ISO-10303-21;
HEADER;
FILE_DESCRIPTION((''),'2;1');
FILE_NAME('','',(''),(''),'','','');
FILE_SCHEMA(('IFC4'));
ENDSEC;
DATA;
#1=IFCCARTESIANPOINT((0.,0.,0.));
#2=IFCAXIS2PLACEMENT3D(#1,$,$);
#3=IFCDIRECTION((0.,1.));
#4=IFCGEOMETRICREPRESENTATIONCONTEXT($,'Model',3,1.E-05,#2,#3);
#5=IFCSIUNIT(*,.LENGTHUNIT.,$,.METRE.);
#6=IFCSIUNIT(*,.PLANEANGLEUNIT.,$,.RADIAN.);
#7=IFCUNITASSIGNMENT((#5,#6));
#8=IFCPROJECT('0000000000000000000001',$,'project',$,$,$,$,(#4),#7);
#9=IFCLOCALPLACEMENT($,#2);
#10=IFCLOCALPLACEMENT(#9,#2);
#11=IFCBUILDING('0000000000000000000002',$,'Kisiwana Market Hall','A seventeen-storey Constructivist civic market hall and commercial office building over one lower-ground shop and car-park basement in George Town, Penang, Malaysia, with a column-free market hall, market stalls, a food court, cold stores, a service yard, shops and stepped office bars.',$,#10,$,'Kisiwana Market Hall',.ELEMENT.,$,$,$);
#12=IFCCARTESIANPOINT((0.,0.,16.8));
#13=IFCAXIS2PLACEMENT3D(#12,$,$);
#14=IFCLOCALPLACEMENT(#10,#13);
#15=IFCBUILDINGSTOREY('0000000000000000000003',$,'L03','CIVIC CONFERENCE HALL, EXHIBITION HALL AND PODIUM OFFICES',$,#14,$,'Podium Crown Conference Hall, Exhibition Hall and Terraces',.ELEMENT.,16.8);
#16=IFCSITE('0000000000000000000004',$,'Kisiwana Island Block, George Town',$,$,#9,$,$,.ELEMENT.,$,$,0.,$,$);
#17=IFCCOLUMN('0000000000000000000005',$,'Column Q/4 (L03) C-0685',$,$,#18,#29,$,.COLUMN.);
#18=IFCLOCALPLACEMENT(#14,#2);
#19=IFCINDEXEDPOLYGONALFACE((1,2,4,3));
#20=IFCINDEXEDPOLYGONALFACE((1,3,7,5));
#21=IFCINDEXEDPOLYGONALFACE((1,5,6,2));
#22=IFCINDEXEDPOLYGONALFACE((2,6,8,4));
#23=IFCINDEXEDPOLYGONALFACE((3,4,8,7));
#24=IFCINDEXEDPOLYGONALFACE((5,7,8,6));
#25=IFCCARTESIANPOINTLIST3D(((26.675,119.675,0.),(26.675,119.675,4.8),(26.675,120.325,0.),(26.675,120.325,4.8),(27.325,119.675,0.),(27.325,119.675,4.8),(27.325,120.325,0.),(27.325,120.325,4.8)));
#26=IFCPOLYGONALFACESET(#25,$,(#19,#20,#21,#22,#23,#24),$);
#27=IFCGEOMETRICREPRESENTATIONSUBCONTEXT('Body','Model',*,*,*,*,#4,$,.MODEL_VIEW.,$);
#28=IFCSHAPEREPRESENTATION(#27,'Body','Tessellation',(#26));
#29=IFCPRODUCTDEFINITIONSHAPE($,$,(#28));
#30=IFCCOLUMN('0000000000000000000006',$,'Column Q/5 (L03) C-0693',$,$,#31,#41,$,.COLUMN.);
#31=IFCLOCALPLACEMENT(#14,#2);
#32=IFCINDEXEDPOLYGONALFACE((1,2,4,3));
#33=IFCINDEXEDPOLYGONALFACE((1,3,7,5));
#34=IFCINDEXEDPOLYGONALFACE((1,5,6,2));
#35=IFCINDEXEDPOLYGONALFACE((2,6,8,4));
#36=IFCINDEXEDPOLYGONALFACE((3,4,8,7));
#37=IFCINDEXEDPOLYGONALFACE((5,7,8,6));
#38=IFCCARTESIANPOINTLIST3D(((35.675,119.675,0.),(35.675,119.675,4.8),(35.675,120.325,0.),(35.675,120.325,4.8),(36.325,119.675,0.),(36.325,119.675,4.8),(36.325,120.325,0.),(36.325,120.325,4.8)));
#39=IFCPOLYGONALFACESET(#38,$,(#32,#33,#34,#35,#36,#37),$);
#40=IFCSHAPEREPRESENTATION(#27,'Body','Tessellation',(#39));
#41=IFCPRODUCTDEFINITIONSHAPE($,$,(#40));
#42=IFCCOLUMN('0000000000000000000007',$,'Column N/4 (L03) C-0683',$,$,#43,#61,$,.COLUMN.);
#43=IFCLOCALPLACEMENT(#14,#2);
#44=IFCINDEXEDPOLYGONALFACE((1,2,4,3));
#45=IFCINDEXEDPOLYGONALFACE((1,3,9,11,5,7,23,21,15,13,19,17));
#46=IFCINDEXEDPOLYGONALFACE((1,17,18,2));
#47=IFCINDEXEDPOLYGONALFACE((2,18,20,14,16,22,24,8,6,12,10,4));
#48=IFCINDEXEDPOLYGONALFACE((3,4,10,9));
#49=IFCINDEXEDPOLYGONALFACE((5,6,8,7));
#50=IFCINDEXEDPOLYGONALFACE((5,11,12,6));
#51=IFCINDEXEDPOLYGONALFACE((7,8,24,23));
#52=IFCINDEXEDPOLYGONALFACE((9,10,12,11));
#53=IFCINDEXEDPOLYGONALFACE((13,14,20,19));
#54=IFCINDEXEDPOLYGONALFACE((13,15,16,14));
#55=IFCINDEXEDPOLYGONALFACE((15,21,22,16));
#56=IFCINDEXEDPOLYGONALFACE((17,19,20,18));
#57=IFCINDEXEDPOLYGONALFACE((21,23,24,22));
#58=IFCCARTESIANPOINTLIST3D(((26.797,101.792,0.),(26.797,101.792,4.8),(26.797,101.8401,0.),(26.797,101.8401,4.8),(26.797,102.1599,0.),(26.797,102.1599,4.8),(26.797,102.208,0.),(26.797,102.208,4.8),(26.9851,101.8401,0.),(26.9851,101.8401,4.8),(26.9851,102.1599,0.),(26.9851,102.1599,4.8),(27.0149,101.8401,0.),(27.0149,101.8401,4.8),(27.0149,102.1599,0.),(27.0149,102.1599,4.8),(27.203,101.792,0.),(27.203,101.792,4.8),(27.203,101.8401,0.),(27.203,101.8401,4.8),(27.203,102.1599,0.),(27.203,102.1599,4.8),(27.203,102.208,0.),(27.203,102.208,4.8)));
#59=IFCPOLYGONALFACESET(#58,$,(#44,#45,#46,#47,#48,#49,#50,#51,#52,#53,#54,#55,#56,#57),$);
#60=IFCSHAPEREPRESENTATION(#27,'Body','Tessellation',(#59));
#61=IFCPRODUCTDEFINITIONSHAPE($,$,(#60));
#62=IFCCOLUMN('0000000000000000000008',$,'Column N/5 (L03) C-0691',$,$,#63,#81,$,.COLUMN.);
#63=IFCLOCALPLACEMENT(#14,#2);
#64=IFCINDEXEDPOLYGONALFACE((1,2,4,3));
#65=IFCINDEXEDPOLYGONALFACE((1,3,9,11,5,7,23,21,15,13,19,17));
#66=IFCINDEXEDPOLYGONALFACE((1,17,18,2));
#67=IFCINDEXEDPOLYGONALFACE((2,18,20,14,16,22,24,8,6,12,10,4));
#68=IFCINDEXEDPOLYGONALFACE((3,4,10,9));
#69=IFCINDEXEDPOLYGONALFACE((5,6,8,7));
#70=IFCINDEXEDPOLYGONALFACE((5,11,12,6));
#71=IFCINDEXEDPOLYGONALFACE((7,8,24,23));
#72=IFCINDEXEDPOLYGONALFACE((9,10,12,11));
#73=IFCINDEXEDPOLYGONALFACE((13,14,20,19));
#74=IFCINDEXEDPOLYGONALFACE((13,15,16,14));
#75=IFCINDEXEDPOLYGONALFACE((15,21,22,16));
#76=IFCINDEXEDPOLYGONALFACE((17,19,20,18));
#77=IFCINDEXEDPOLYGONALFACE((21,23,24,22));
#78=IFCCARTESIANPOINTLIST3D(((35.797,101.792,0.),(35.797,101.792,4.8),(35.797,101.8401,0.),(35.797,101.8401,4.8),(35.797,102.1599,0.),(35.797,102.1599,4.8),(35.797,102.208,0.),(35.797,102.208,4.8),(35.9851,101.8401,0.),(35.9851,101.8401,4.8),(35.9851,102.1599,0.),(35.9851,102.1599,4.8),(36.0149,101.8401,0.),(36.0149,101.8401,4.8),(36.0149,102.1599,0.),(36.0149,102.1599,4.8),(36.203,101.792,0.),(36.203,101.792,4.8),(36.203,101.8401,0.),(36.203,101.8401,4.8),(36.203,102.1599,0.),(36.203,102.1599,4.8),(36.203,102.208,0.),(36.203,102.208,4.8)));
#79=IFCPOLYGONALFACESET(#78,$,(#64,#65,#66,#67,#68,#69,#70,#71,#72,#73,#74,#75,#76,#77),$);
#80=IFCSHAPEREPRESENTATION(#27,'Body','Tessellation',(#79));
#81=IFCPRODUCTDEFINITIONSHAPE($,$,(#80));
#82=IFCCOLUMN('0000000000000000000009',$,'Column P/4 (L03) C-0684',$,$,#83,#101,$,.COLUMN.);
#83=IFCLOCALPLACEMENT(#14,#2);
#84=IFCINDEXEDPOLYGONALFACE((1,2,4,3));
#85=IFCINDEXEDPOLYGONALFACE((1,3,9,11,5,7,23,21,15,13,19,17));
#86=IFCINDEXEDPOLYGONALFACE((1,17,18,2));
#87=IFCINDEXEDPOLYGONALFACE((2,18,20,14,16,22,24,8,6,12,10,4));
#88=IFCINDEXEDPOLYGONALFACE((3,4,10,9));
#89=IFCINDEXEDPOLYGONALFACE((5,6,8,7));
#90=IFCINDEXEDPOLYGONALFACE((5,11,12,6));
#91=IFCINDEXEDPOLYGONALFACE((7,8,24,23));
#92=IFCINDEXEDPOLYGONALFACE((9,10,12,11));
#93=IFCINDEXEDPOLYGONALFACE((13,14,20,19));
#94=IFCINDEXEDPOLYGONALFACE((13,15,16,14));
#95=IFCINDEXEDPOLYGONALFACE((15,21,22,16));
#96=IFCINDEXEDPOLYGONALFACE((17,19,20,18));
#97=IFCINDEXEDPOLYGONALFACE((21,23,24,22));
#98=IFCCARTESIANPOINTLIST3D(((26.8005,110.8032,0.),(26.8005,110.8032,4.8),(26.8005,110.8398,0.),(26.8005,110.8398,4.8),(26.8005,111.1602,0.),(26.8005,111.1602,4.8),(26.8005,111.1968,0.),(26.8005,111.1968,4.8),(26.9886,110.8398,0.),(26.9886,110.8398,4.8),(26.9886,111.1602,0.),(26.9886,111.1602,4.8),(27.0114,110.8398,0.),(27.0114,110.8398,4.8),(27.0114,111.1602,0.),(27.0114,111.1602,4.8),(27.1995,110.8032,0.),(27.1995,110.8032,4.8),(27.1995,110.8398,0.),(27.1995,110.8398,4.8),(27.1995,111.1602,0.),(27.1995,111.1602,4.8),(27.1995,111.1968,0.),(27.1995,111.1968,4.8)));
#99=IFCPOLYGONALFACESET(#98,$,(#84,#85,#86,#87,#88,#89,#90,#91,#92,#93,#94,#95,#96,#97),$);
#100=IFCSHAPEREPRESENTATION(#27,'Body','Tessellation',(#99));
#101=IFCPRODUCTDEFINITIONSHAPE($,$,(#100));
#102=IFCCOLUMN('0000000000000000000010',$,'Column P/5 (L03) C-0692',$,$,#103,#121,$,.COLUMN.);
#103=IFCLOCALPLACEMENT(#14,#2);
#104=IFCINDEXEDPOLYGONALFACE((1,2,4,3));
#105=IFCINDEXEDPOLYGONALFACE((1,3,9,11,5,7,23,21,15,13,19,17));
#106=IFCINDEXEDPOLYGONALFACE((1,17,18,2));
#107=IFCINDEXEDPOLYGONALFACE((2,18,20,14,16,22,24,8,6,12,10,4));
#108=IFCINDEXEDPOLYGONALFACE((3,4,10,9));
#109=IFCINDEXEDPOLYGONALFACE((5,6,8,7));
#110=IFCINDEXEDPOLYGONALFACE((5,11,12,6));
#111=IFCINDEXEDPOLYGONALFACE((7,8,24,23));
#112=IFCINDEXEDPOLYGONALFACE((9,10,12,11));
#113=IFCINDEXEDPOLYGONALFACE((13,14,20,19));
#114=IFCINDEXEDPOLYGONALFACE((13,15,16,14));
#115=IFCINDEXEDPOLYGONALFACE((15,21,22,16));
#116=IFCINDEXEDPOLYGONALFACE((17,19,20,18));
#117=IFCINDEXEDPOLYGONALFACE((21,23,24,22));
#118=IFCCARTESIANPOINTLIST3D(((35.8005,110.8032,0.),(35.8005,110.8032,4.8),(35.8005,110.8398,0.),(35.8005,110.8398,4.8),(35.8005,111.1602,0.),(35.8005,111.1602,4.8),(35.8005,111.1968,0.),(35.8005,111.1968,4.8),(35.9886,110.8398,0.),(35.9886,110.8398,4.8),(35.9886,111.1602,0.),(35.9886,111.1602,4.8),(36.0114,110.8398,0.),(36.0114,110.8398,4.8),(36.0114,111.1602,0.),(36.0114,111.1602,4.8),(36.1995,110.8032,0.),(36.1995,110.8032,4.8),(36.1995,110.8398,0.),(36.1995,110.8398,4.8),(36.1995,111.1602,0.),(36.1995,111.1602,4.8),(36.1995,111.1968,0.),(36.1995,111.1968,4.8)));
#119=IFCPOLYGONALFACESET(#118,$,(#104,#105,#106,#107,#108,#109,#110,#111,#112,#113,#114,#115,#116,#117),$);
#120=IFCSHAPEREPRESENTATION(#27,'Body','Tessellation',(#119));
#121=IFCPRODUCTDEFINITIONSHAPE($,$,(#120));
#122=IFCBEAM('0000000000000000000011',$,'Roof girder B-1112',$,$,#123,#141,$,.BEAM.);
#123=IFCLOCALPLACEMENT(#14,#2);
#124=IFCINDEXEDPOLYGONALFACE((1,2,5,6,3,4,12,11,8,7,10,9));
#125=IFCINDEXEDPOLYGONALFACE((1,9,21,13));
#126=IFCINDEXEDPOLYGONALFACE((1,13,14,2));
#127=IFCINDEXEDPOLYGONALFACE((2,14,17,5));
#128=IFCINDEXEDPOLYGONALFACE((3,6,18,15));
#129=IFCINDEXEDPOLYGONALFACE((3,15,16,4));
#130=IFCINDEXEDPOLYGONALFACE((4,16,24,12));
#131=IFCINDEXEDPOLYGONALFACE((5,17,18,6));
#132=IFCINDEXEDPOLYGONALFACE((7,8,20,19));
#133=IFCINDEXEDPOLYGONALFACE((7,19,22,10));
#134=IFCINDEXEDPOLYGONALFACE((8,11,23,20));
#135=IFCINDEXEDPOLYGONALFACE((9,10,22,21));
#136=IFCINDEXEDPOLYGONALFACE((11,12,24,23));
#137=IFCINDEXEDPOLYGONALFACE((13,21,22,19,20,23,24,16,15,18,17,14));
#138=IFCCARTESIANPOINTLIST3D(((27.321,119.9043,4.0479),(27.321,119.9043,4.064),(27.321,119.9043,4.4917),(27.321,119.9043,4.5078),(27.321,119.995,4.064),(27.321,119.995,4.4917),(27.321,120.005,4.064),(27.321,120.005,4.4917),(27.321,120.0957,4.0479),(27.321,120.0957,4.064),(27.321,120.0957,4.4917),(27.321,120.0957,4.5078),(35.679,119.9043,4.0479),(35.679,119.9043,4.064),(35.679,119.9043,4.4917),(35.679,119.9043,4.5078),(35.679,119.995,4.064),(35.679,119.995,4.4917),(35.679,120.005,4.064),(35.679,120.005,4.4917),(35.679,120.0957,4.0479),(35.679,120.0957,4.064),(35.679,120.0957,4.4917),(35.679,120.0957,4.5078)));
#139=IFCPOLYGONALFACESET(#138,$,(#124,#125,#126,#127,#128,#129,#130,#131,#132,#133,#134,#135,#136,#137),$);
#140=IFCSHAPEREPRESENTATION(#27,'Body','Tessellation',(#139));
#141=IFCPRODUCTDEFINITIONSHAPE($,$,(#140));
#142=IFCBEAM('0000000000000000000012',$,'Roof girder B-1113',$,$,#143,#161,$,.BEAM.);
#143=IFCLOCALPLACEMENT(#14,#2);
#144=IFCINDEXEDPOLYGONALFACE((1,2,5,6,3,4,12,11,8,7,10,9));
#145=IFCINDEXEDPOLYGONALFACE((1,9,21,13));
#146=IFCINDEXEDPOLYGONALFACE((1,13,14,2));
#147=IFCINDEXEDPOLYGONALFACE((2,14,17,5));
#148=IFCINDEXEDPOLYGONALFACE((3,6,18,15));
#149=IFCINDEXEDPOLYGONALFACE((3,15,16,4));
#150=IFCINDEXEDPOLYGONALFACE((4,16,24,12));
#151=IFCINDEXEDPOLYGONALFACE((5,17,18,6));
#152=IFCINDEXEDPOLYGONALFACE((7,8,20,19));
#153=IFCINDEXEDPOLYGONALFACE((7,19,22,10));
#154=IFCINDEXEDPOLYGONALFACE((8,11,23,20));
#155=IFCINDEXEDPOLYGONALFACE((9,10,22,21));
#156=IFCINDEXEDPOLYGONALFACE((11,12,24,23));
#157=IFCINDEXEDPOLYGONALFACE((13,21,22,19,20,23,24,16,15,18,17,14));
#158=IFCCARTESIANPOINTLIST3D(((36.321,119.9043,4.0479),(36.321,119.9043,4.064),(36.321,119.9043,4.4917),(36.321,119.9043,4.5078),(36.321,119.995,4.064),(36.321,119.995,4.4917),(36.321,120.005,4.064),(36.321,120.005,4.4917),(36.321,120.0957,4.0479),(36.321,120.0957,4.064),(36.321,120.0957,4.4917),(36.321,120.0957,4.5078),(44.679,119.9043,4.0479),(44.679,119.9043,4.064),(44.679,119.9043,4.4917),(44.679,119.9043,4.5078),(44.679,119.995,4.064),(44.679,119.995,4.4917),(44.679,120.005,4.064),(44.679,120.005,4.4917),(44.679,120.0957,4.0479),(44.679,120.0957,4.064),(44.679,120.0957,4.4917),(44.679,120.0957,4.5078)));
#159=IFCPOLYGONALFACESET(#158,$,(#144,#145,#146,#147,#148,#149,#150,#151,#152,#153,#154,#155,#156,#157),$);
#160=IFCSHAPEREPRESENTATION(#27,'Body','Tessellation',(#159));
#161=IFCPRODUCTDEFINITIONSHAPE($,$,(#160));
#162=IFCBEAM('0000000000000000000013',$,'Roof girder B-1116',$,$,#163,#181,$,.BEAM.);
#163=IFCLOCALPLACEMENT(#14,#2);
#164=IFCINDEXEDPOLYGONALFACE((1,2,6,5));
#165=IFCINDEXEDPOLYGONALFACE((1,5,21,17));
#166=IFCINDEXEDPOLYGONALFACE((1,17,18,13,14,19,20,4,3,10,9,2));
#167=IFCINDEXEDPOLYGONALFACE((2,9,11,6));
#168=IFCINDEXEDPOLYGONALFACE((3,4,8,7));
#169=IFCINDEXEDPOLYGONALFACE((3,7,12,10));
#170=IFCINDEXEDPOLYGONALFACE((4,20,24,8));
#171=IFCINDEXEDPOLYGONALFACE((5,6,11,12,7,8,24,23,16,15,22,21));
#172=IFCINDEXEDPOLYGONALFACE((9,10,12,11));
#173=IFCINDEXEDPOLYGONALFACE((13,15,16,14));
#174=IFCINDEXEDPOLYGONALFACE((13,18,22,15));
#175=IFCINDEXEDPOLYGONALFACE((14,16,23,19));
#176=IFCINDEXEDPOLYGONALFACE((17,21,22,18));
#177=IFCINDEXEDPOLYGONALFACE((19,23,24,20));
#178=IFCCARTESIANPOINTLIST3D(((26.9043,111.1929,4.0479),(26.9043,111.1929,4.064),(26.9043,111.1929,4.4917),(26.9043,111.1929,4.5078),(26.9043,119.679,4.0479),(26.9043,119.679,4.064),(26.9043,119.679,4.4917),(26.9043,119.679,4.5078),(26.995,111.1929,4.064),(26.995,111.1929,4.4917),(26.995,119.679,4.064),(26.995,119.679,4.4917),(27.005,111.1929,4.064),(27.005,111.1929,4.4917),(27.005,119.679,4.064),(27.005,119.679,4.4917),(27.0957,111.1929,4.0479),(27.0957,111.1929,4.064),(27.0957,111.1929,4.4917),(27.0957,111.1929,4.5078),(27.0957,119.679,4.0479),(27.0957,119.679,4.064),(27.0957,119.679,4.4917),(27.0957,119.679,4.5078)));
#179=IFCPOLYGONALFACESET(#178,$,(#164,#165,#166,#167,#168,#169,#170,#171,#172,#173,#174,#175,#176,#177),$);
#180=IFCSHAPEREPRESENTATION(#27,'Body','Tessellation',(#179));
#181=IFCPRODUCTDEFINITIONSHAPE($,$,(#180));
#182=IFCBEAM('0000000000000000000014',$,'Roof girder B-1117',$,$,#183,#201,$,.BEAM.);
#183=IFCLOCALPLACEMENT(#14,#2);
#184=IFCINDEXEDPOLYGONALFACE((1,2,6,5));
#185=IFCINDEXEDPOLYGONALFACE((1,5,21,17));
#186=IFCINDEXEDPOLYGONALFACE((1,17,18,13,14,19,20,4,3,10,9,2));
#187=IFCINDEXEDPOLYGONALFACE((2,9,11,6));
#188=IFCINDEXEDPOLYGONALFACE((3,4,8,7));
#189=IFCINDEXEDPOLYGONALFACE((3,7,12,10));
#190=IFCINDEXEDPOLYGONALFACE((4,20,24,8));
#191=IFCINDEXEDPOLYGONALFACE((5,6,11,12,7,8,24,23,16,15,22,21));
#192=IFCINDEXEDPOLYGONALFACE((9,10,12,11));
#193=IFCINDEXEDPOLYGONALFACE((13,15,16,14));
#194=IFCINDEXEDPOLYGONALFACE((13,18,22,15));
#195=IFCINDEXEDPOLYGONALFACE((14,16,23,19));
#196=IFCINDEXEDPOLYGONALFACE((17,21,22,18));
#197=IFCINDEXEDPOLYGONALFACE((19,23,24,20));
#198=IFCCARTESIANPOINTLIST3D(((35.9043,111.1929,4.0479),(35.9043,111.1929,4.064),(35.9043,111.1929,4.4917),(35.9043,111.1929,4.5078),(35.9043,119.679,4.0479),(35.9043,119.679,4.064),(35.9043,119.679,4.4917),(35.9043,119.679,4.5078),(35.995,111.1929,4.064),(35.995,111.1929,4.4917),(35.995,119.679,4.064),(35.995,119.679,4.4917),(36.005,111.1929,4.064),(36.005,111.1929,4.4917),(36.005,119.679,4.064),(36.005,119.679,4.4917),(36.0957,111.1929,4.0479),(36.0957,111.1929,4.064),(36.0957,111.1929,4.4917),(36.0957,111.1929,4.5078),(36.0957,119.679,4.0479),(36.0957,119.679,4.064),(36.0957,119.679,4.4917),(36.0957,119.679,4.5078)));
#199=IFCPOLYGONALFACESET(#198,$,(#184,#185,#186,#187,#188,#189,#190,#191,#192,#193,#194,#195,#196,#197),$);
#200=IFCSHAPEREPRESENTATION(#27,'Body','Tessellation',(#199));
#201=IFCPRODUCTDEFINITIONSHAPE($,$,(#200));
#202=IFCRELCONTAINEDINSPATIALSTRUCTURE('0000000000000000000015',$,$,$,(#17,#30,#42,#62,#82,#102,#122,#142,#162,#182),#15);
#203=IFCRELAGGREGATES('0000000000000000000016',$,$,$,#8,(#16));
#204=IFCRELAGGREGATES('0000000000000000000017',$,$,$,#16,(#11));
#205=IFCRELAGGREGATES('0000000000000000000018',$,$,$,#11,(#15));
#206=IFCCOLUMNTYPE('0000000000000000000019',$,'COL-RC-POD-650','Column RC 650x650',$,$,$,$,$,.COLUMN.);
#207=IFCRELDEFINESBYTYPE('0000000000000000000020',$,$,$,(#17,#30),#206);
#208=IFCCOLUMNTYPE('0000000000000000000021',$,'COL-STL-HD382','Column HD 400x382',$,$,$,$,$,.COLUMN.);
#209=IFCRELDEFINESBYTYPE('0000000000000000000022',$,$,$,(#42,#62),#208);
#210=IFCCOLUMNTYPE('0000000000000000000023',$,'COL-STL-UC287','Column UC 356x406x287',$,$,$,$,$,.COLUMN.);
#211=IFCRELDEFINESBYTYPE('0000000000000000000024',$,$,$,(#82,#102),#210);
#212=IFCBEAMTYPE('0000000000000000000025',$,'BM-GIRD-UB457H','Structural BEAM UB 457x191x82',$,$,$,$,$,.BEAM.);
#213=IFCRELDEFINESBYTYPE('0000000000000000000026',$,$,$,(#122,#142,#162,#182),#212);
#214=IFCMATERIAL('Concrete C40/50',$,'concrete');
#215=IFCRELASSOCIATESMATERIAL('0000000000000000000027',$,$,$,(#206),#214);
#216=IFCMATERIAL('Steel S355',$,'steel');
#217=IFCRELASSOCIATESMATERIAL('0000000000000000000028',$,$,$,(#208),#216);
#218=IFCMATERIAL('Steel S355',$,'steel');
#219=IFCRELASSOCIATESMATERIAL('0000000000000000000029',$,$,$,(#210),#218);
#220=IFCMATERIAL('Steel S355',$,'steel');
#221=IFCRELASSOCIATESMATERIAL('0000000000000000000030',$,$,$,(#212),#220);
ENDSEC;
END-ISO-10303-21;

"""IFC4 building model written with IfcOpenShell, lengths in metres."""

from ifc_helpers import new_model, si_unit, direction, frame, origin, origin_2d, place, context, subcontext, project, spatial, rectangle, i_section, extrude, material, material_profile, profile_set, type_object, element, save


model = new_model("IFC4")

# Units and contexts
model_context = context("Model", 3, precision=1e-05, world=origin(), true_north=direction((0.0, 1.0)))
body_context = subcontext(model_context, "Body", "Model", "MODEL_VIEW")
ifc_project = project(units=[si_unit("LENGTHUNIT", "METRE"), si_unit("PLANEANGLEUNIT", "RADIAN")], contexts=[model_context])

# Site, building, storey
site_placement = place(None, origin())
site = spatial("IfcSite", under=ifc_project, at=site_placement, Name="Kisiwana Island Block, George Town", CompositionType="ELEMENT", RefElevation=0.0)
building_placement = place(site_placement, origin())
building = spatial("IfcBuilding", under=site, at=building_placement, Name="Kisiwana Market Hall", Description="A seventeen-storey Constructivist civic market hall and commercial office building over one lower-ground shop and car-park basement in George Town, Penang, Malaysia, with a column-free market hall, market stalls, a food court, cold stores, a service yard, shops and stepped office bars.", LongName="Kisiwana Market Hall", CompositionType="ELEMENT")
storey_placement = place(building_placement, frame((0.0, 0.0, 16.8)))
storey = spatial("IfcBuildingStorey", under=building, at=storey_placement, Name="L03", Description="CIVIC CONFERENCE HALL, EXHIBITION HALL AND PODIUM OFFICES", LongName="Podium Crown Conference Hall, Exhibition Hall and Terraces", CompositionType="ELEMENT", Elevation=16.8)

# Columns
ifc_material_1 = material(Name="Concrete C40/50", Category="concrete")
ifc_material_profile_1 = material_profile(ifc_material_1, rectangle(XDim=0.6499, YDim=0.6499, at=origin_2d()), Name="RC 650x650")
ifc_profile_set_1 = profile_set([ifc_material_profile_1], Name="Concrete C40/50")
column_type_1 = type_object("IfcColumnType", Name="COL-RC-POD-650", Description="Column RC 650x650", PredefinedType="COLUMN", material=ifc_profile_set_1)
for number, where, z_axis, x_axis, name in (
    (1, (27.0, 120.0, 0.0), (0.0, 0.0, 1.0), (1.0, 0.0, 0.0), "Column Q/4 (L03) C-0685"),
    (2, (36.0, 120.0, 0.0), (0.0, 0.0, 1.0), (1.0, 0.0, 0.0), "Column Q/5 (L03) C-0693"),
):
    element("IfcColumn", number, at=place(storey_placement, frame(where, z_axis=z_axis, x_axis=x_axis)), inside=storey, type_object=column_type_1, Name=name, PredefinedType="COLUMN", context=body_context, shape_type="SweptSolid", body=[
        extrude(rectangle(XDim=0.6499, YDim=0.6499, at=origin_2d()), origin(), (0.0, 0.0, 1.0), 4.8),
    ])
ifc_material_2 = material(Name="Steel S355", Category="steel")
ifc_material_profile_2 = material_profile(ifc_material_2, i_section(OverallWidth=0.406, OverallDepth=0.416, WebThickness=0.0298, FlangeThickness=0.0481, at=origin_2d()), Name="HD 400x382")
ifc_profile_set_2 = profile_set([ifc_material_profile_2], Name="Steel S355")
column_type_2 = type_object("IfcColumnType", Name="COL-STL-HD382", Description="Column HD 400x382", PredefinedType="COLUMN", material=ifc_profile_set_2)
for number, where, z_axis, x_axis, name in (
    (3, (27.0, 102.0, 0.0), (0.0, 0.0, 1.0), (1.0, 0.0, 0.0), "Column N/4 (L03) C-0683"),
    (4, (36.0, 102.0, 0.0), (0.0, 0.0, 1.0), (1.0, 0.0, 0.0), "Column N/5 (L03) C-0691"),
):
    element("IfcColumn", number, at=place(storey_placement, frame(where, z_axis=z_axis, x_axis=x_axis)), inside=storey, type_object=column_type_2, Name=name, PredefinedType="COLUMN", context=body_context, shape_type="SweptSolid", body=[
        extrude(i_section(OverallWidth=0.406, OverallDepth=0.416, WebThickness=0.0298, FlangeThickness=0.0481, at=origin_2d()), origin(), (0.0, 0.0, 1.0), 4.8),
    ])
ifc_material_3 = material(Name="Steel S355", Category="steel")
ifc_material_profile_3 = material_profile(ifc_material_3, i_section(OverallWidth=0.3989, OverallDepth=0.3936, WebThickness=0.0227, FlangeThickness=0.0366, at=origin_2d()), Name="UC 356x406x287")
ifc_profile_set_3 = profile_set([ifc_material_profile_3], Name="Steel S355")
column_type_3 = type_object("IfcColumnType", Name="COL-STL-UC287", Description="Column UC 356x406x287", PredefinedType="COLUMN", material=ifc_profile_set_3)
for number, where, z_axis, x_axis, name in (
    (5, (27.0, 111.0, 0.0), (0.0, 0.0, 1.0), (1.0, 0.0, 0.0), "Column P/4 (L03) C-0684"),
    (6, (36.0, 111.0, 0.0), (0.0, 0.0, 1.0), (1.0, 0.0, 0.0), "Column P/5 (L03) C-0692"),
):
    element("IfcColumn", number, at=place(storey_placement, frame(where, z_axis=z_axis, x_axis=x_axis)), inside=storey, type_object=column_type_3, Name=name, PredefinedType="COLUMN", context=body_context, shape_type="SweptSolid", body=[
        extrude(i_section(OverallWidth=0.3989, OverallDepth=0.3936, WebThickness=0.0227, FlangeThickness=0.0366, at=origin_2d()), origin(), (0.0, 0.0, 1.0), 4.8),
    ])

# Beams
ifc_material_4 = material(Name="Steel S355", Category="steel")
ifc_material_profile_4 = material_profile(ifc_material_4, i_section(OverallWidth=0.1914, OverallDepth=0.46, WebThickness=0.01, FlangeThickness=0.0161, at=origin_2d()), Name="UB 457x191x82")
ifc_profile_set_4 = profile_set([ifc_material_profile_4], Name="Steel S355")
beam_type_1 = type_object("IfcBeamType", Name="BM-GIRD-UB457H", Description="Structural BEAM UB 457x191x82", PredefinedType="BEAM", material=ifc_profile_set_4)
for number, where, z_axis, x_axis, name in (
    (7, (27.321, 120.0, 4.2778), (1.0, 0.0, 0.0), (0.0, 1.0, 0.0), "Roof girder B-1112"),
    (8, (36.321, 120.0, 4.2778), (1.0, 0.0, 0.0), (0.0, 1.0, 0.0), "Roof girder B-1113"),
):
    element("IfcBeam", number, at=place(storey_placement, frame(where, z_axis=z_axis, x_axis=x_axis)), inside=storey, type_object=beam_type_1, Name=name, PredefinedType="BEAM", context=body_context, shape_type="SweptSolid", body=[
        extrude(i_section(OverallWidth=0.1914, OverallDepth=0.46, WebThickness=0.01, FlangeThickness=0.0161, at=origin_2d()), origin(), (0.0, 0.0, 1.0), 8.3579),
    ])
for number, where, z_axis, x_axis, name in (
    (9, (27.0, 111.1929, 4.2778), (0.0, 1.0, 0.0), (-1.0, 0.0, 0.0), "Roof girder B-1116"),
    (10, (36.0, 111.1929, 4.2778), (0.0, 1.0, 0.0), (-1.0, 0.0, 0.0), "Roof girder B-1117"),
):
    element("IfcBeam", number, at=place(storey_placement, frame(where, z_axis=z_axis, x_axis=x_axis)), inside=storey, type_object=beam_type_1, Name=name, PredefinedType="BEAM", context=body_context, shape_type="SweptSolid", body=[
        extrude(i_section(OverallWidth=0.1914, OverallDepth=0.46, WebThickness=0.01, FlangeThickness=0.0161, at=origin_2d()), origin(), (0.0, 0.0, 1.0), 8.4861),
    ])

save(model, "model.ifc")
